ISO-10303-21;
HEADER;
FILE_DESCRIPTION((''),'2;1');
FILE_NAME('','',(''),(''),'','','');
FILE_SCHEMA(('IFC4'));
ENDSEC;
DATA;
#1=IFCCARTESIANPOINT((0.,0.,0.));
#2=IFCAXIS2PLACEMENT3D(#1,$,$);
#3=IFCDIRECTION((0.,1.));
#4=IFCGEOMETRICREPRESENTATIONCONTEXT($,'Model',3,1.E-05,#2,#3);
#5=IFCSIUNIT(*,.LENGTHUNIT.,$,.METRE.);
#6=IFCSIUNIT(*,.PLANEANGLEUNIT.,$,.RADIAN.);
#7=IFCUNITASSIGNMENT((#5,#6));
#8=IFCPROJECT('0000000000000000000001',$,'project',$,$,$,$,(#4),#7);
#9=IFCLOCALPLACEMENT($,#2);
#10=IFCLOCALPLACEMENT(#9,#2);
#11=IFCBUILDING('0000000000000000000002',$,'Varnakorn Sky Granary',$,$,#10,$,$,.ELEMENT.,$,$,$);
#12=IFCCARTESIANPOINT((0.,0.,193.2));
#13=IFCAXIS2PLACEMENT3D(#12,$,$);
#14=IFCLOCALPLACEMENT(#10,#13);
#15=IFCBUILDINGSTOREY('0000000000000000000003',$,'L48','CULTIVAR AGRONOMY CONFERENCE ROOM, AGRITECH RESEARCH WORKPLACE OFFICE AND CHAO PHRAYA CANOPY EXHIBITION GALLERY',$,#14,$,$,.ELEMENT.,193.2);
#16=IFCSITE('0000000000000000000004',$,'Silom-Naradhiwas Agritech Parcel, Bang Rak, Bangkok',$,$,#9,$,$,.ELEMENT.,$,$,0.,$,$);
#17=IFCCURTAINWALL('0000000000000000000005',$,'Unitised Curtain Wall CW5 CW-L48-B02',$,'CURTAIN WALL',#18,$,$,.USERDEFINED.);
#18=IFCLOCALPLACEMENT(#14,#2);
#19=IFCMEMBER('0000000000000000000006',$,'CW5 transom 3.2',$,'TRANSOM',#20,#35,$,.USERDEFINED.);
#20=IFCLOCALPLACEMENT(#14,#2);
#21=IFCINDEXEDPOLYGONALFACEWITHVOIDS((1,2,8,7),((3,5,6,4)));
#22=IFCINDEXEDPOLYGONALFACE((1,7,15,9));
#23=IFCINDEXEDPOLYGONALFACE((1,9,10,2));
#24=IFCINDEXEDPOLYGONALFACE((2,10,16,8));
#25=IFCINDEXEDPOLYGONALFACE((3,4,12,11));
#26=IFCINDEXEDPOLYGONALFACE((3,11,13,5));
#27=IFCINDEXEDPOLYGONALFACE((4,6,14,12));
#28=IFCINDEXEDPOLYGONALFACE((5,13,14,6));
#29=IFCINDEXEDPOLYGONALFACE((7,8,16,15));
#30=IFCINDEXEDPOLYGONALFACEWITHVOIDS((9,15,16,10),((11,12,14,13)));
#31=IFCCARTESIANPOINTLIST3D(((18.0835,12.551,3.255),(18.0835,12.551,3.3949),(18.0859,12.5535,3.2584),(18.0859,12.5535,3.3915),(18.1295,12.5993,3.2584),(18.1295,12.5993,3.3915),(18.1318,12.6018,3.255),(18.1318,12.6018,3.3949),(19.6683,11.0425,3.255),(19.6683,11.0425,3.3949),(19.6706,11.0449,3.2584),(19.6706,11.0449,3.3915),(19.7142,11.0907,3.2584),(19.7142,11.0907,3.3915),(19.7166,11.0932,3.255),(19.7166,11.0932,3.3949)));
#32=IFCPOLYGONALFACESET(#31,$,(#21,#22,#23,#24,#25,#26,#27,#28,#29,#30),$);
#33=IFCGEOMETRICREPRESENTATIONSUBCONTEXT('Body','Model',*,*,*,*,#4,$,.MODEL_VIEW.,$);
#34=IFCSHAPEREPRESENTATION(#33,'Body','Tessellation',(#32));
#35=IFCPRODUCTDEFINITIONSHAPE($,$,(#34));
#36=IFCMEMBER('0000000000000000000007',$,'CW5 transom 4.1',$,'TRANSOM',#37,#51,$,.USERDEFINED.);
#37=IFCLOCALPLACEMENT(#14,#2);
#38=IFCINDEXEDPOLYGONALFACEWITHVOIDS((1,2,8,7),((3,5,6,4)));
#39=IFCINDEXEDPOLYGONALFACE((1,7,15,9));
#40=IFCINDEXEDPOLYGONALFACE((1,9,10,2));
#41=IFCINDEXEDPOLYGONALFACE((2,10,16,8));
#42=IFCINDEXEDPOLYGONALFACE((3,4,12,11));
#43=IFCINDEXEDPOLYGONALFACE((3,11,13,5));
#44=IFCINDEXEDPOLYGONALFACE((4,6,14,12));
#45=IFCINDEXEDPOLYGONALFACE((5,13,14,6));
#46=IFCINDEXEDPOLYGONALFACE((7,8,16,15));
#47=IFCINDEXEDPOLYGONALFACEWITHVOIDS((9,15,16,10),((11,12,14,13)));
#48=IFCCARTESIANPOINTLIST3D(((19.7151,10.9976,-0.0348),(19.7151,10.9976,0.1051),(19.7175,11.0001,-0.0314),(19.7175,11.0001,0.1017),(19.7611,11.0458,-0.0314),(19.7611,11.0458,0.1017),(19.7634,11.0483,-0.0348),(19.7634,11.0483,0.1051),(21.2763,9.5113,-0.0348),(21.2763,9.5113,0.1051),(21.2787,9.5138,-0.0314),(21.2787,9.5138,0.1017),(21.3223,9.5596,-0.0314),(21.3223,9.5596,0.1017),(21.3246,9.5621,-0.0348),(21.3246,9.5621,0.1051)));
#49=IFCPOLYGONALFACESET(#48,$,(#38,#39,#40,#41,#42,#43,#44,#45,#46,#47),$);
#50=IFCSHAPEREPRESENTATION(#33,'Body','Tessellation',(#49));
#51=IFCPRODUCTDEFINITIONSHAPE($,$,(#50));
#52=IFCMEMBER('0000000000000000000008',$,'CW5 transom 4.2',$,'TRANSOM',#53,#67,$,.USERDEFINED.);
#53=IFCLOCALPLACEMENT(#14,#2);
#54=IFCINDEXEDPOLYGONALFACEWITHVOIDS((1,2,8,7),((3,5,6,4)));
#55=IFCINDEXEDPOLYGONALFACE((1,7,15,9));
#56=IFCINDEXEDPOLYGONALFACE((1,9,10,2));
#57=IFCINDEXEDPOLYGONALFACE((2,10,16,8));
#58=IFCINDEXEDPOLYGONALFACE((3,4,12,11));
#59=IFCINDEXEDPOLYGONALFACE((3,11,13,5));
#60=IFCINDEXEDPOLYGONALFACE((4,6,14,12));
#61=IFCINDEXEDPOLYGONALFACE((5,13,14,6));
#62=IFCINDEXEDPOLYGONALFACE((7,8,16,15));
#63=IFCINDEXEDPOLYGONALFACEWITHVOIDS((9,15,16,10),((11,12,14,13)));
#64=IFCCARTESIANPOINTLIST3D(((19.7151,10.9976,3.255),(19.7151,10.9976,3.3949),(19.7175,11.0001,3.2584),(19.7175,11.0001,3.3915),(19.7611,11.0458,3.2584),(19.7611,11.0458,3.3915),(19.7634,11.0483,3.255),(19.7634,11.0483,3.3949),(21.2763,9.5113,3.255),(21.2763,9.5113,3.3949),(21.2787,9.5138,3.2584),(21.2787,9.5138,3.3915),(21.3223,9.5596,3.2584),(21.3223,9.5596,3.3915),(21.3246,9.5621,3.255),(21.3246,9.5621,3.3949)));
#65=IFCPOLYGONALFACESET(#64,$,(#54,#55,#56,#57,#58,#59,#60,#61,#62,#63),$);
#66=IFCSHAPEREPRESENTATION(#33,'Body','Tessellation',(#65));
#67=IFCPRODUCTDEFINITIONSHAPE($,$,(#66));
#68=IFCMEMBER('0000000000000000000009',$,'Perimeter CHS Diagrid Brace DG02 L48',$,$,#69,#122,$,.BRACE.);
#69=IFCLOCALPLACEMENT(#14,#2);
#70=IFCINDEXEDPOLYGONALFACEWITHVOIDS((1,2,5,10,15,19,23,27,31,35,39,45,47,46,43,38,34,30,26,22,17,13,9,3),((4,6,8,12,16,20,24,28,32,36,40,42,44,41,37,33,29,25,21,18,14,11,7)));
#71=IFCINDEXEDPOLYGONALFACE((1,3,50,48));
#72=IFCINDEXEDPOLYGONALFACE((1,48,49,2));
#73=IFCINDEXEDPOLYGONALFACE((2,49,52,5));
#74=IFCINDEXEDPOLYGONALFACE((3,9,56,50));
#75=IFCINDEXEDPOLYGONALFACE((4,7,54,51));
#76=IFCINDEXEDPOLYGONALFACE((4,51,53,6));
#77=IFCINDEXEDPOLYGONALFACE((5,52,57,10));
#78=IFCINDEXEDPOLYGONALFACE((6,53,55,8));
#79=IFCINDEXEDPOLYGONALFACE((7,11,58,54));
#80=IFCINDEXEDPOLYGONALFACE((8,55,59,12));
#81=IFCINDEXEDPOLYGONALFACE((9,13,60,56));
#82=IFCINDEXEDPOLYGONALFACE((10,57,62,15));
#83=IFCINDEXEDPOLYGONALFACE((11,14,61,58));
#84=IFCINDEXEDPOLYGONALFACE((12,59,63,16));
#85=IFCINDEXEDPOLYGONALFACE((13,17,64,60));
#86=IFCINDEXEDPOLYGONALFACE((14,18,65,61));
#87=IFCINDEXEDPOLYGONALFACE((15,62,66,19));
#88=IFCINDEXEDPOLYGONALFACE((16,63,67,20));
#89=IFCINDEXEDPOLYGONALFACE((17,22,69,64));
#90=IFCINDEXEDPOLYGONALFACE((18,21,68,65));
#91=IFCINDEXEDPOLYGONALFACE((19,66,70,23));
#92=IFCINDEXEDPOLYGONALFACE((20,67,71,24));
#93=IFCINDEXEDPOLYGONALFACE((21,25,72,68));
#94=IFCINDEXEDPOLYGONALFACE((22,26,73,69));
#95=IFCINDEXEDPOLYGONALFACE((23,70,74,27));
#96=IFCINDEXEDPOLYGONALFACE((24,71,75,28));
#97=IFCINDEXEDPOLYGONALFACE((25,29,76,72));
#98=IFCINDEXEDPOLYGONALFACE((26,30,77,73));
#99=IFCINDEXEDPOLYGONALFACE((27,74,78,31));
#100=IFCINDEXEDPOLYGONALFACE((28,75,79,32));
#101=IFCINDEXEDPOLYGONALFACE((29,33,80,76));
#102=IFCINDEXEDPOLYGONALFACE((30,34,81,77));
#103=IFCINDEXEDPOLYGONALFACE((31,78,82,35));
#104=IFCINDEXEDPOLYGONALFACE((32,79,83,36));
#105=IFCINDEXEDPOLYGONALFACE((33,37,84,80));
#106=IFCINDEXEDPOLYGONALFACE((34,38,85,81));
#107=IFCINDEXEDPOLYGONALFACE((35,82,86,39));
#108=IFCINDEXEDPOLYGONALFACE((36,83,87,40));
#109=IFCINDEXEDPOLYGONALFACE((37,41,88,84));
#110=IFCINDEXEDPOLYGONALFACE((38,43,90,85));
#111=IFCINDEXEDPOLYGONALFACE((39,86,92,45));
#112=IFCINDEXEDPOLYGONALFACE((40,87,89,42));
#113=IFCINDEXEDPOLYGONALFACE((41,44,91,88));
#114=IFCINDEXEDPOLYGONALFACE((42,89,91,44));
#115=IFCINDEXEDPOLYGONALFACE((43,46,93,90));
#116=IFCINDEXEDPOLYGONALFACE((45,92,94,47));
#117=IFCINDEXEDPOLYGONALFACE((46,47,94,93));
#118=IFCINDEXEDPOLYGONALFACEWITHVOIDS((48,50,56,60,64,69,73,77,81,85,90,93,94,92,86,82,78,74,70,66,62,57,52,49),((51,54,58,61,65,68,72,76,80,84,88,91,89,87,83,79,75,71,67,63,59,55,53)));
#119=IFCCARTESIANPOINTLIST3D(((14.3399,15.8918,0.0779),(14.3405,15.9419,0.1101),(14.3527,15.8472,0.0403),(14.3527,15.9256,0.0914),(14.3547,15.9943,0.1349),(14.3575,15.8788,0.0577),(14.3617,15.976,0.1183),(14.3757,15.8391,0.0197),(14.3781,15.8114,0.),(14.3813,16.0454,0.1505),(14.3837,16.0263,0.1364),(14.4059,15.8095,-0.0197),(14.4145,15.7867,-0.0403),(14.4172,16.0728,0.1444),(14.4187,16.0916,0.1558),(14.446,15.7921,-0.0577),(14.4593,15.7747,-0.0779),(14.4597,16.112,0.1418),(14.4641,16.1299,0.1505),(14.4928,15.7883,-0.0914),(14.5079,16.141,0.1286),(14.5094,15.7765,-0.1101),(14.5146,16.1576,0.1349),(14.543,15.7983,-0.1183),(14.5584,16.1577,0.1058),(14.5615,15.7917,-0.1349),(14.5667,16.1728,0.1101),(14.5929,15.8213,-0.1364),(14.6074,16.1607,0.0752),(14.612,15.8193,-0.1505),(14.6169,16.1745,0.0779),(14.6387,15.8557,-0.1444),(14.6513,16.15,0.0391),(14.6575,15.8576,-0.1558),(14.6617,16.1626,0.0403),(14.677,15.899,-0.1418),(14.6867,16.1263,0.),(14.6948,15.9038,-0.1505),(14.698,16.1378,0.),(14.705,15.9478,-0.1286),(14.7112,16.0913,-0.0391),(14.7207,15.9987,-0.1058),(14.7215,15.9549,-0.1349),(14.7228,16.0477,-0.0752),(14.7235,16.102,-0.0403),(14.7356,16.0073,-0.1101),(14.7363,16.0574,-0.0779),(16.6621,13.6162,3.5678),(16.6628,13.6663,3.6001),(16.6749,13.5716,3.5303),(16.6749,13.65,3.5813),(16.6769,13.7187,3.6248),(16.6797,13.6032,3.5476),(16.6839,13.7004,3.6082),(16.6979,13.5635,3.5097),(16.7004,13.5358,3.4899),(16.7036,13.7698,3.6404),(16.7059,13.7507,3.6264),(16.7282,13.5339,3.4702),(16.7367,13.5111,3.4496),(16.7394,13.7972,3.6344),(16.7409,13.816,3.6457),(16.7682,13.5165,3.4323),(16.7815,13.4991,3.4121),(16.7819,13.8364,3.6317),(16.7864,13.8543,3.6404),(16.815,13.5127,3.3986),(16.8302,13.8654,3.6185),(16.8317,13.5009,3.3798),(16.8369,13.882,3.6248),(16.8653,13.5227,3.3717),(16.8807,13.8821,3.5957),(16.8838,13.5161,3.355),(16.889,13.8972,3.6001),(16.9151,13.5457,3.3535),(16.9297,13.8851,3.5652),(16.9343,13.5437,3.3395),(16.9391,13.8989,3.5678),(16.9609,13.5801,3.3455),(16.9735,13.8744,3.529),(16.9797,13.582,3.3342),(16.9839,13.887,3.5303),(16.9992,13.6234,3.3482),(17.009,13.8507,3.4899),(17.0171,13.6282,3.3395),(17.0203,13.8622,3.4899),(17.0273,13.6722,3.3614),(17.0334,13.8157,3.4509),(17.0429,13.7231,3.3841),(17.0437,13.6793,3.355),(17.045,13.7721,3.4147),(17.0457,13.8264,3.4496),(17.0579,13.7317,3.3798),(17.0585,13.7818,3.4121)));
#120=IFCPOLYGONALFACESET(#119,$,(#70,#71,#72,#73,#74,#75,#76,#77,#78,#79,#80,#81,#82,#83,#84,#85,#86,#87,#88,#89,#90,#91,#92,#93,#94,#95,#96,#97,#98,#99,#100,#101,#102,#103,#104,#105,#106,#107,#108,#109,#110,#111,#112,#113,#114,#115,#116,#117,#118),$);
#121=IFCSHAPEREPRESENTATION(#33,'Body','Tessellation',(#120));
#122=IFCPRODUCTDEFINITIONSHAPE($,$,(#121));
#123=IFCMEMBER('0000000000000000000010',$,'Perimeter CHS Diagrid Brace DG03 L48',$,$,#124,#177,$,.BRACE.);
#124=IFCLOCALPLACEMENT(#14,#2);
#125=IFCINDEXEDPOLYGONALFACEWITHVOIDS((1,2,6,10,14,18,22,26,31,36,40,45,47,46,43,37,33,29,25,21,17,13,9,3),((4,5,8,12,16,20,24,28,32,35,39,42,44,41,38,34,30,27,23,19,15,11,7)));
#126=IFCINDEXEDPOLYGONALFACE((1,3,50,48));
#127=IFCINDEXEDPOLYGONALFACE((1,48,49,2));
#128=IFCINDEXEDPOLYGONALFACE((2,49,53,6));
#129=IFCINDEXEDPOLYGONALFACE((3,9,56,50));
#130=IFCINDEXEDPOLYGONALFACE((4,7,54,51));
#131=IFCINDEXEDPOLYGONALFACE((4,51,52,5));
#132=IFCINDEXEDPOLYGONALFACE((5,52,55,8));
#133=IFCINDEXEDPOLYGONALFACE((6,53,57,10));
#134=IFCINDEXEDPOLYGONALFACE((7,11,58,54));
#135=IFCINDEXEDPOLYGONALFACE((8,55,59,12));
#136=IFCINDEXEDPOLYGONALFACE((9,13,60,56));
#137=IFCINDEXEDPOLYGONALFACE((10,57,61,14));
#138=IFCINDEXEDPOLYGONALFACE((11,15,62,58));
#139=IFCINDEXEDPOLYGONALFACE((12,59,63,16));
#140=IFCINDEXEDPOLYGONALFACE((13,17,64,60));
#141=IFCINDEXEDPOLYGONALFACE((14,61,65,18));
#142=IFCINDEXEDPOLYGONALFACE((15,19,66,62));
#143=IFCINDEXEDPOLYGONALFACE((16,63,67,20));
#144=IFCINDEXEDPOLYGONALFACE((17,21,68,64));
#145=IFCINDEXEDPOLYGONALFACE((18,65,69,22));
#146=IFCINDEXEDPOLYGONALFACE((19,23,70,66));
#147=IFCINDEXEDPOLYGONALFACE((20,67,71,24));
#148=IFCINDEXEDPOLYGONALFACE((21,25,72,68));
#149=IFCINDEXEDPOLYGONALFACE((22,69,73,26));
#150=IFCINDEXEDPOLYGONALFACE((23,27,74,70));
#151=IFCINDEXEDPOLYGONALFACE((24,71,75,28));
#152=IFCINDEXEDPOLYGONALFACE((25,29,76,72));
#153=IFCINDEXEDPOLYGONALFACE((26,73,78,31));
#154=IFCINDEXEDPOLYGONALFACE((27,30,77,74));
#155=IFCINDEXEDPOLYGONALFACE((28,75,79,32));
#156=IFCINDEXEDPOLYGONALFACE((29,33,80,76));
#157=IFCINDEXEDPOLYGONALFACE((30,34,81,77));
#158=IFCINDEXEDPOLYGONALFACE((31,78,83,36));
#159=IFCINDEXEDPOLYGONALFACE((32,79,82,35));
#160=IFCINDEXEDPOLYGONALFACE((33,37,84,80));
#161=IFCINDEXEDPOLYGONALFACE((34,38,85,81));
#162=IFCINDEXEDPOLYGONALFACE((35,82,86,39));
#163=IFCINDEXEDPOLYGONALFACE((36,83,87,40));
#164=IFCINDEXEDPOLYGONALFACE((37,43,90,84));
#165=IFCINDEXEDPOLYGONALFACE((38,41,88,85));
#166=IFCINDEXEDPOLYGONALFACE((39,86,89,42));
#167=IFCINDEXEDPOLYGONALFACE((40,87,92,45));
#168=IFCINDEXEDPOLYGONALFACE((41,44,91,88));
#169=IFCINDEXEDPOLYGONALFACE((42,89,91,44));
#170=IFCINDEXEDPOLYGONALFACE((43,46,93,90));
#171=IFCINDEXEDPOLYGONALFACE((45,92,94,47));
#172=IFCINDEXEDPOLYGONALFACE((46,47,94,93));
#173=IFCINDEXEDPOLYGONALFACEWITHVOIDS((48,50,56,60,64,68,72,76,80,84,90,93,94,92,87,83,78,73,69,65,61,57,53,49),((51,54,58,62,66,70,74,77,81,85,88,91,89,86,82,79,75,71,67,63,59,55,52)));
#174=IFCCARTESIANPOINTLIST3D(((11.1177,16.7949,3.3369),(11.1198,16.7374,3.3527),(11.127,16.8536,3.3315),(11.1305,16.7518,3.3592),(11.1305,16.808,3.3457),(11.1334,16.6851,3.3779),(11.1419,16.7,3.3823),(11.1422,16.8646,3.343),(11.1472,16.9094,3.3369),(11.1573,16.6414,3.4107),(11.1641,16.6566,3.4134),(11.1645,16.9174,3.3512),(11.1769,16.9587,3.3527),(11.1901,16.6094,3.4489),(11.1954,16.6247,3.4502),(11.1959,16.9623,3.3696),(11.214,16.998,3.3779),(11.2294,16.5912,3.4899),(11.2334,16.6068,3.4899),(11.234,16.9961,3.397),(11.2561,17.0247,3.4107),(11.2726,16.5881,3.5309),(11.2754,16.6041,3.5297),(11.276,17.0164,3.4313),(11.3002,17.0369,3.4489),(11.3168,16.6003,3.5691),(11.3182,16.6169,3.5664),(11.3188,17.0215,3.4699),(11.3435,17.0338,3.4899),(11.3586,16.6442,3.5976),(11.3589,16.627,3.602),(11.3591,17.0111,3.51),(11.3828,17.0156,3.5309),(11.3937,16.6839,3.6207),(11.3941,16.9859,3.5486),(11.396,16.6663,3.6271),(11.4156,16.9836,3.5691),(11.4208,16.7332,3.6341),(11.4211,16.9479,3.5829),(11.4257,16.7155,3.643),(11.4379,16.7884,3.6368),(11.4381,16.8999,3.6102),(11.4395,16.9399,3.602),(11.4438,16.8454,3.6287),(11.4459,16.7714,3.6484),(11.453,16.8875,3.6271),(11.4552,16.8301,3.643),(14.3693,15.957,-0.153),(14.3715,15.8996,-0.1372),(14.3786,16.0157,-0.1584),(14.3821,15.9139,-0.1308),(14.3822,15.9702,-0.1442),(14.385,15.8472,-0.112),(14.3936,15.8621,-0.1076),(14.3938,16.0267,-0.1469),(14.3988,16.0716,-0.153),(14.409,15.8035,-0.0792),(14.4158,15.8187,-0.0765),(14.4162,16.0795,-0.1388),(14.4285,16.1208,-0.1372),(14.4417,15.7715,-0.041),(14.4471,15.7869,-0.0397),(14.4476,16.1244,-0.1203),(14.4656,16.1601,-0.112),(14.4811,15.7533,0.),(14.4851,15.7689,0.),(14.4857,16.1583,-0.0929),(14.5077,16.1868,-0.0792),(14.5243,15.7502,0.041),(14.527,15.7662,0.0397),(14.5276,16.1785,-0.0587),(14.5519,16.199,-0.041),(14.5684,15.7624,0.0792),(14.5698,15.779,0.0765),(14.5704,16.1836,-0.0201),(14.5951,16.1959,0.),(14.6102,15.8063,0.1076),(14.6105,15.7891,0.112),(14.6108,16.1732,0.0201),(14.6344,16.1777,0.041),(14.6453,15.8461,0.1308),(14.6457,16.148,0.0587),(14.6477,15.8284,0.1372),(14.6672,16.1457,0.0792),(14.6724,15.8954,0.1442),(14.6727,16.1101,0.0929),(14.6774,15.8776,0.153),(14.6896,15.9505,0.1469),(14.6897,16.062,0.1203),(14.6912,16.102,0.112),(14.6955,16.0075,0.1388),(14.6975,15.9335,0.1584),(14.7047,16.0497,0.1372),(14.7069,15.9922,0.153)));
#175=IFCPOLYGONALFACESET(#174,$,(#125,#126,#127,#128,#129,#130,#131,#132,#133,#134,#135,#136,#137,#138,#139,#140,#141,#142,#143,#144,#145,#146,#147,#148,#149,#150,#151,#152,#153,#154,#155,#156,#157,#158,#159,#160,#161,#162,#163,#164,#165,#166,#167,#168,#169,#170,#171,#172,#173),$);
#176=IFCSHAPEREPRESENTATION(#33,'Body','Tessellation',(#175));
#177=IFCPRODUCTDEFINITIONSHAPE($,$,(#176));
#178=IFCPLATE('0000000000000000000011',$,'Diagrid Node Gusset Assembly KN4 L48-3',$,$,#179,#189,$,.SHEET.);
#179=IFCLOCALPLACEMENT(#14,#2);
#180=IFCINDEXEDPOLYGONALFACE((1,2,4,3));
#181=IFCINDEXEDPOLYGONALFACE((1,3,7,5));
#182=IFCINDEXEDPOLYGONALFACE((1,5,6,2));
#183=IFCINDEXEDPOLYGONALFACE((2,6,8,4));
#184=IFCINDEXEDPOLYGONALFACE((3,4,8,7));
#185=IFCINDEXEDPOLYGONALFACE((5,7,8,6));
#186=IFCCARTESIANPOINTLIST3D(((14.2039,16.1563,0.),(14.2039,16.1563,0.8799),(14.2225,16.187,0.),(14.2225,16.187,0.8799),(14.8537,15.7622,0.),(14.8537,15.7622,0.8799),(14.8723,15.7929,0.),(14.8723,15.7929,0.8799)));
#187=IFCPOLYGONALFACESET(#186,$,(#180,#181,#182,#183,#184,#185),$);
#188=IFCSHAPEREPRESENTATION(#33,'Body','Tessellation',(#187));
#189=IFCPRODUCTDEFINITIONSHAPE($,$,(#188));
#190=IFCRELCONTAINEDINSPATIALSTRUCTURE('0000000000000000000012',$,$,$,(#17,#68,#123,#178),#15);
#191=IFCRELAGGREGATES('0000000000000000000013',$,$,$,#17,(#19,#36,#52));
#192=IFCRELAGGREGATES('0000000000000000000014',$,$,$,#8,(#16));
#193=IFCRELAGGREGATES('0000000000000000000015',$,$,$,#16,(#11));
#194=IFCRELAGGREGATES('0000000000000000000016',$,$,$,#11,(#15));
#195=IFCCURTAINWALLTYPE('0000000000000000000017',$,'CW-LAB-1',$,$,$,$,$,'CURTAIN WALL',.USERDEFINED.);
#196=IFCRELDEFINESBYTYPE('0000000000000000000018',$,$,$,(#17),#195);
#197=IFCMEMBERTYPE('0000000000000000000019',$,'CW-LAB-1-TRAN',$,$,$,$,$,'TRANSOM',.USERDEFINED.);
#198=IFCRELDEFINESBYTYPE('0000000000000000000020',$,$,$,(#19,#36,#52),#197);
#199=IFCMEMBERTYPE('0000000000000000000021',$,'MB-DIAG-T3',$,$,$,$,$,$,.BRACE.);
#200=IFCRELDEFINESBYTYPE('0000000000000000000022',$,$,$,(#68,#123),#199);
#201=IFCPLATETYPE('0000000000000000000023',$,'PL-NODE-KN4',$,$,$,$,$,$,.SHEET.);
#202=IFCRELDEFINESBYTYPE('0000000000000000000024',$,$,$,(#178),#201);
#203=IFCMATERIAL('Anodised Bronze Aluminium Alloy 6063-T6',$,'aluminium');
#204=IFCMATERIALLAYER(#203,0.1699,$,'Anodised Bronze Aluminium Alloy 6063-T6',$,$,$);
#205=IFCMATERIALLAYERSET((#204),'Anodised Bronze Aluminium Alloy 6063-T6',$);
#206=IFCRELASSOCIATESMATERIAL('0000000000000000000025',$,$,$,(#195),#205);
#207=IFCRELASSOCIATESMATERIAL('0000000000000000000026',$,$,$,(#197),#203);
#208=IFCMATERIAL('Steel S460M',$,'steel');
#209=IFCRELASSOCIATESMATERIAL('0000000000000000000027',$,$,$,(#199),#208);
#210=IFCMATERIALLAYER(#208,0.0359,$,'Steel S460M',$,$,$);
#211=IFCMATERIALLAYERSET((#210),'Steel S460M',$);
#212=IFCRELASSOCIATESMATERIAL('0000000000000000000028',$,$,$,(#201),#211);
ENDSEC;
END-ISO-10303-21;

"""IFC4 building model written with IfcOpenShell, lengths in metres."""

from ifc_helpers import new_model, si_unit, direction, frame, origin, origin_2d, place, context, subcontext, project, spatial, rectangle, hollow_rectangle, hollow_circle, extrude, material, layer, layer_set, material_profile, profile_set, type_object, element, aggregate, save


model = new_model("IFC4")

# Units and contexts
model_context = context("Model", 3, precision=1e-05, world=origin(), true_north=direction((0.0, 1.0)))
body_context = subcontext(model_context, "Body", "Model", "MODEL_VIEW")
ifc_project = project(units=[si_unit("LENGTHUNIT", "METRE"), si_unit("PLANEANGLEUNIT", "RADIAN")], contexts=[model_context])

# Site, building, storey
site_placement = place(None, origin())
site = spatial("IfcSite", under=ifc_project, at=site_placement, Name="Silom-Naradhiwas Agritech Parcel, Bang Rak, Bangkok", CompositionType="ELEMENT", RefElevation=0.0)
building_placement = place(site_placement, origin())
building = spatial("IfcBuilding", under=site, at=building_placement, Name="Varnakorn Sky Granary", CompositionType="ELEMENT")
storey_placement = place(building_placement, frame((0.0, 0.0, 193.2)))
storey = spatial("IfcBuildingStorey", under=building, at=storey_placement, Name="L48", Description="CULTIVAR AGRONOMY CONFERENCE ROOM, AGRITECH RESEARCH WORKPLACE OFFICE AND CHAO PHRAYA CANOPY EXHIBITION GALLERY", CompositionType="ELEMENT", Elevation=193.2)

# Curtain wall, members
ifc_material_1 = material(Name="Anodised Bronze Aluminium Alloy 6063-T6", Category="aluminium")
ifc_layer_1 = layer(ifc_material_1, 0.1699, Name="Anodised Bronze Aluminium Alloy 6063-T6")
ifc_layer_set_1 = layer_set([ifc_layer_1], Name="Anodised Bronze Aluminium Alloy 6063-T6")
curtain_wall_type = type_object("IfcCurtainWallType", Name="CW-LAB-1", ElementType="CURTAIN WALL", PredefinedType="USERDEFINED", material=ifc_layer_set_1)
curtain_wall_placement = place(storey_placement, origin())
curtain_wall = element("IfcCurtainWall", 1, at=curtain_wall_placement, inside=storey, type_object=curtain_wall_type, Name="Unitised Curtain Wall CW5 CW-L48-B02", ObjectType="CURTAIN WALL", PredefinedType="USERDEFINED")
ifc_material_profile_1 = material_profile(ifc_material_1, hollow_rectangle(XDim=0.0701, YDim=0.1399, WallThickness=0.0034, at=origin_2d()), Name="ALU TRAN 70x140")
ifc_profile_set_1 = profile_set([ifc_material_profile_1], Name="Anodised Bronze Aluminium Alloy 6063-T6")
member_type_1 = type_object("IfcMemberType", Name="CW-LAB-1-TRAN", ElementType="TRANSOM", PredefinedType="USERDEFINED", material=ifc_profile_set_1)
member_1_placement = place(storey_placement, frame((18.1077, 12.5764, 3.325), z_axis=(0.7243, -0.689485, 0.0), x_axis=(0.689485, 0.7243, 0.0)))
member_1 = element("IfcMember", 2, at=member_1_placement, type_object=member_type_1, Name="CW5 transom 3.2", ObjectType="TRANSOM", PredefinedType="USERDEFINED", context=body_context, shape_type="SweptSolid", body=[
    extrude(hollow_rectangle(XDim=0.0701, YDim=0.1399, WallThickness=0.0034, at=origin_2d()), origin(), (0.0, 0.0, 1.0), 2.188),
])
member_2_placement = place(storey_placement, frame((19.7393, 11.0229, 0.0352), z_axis=(0.724278, -0.689508, 0.0), x_axis=(0.689508, 0.724278, 0.0)))
member_2 = element("IfcMember", 3, at=member_2_placement, type_object=member_type_1, Name="CW5 transom 4.1", ObjectType="TRANSOM", PredefinedType="USERDEFINED", context=body_context, shape_type="SweptSolid", body=[
    extrude(hollow_rectangle(XDim=0.0701, YDim=0.1399, WallThickness=0.0034, at=origin_2d()), origin(), (0.0, 0.0, 1.0), 2.1555),
])
member_3_placement = place(storey_placement, frame((19.7393, 11.0229, 3.325), z_axis=(0.724278, -0.689508, 0.0), x_axis=(0.689508, 0.724278, 0.0)))
member_3 = element("IfcMember", 4, at=member_3_placement, type_object=member_type_1, Name="CW5 transom 4.2", ObjectType="TRANSOM", PredefinedType="USERDEFINED", context=body_context, shape_type="SweptSolid", body=[
    extrude(hollow_rectangle(XDim=0.0701, YDim=0.1399, WallThickness=0.0034, at=origin_2d()), origin(), (0.0, 0.0, 1.0), 2.1555),
])

# Members
ifc_material_2 = material(Name="Steel S460M", Category="steel")
ifc_material_profile_2 = material_profile(ifc_material_2, hollow_circle(Radius=0.2285, WallThickness=0.0161, at=origin_2d()), Name="CHS 457x16")
ifc_profile_set_2 = profile_set([ifc_material_profile_2], Name="Steel S460M")
member_type_2 = type_object("IfcMemberType", Name="MB-DIAG-T3", PredefinedType="BRACE", material=ifc_profile_set_2)
member_4_placement = place(storey_placement, frame((14.5381, 15.9746, 0.0), z_axis=(0.486864, -0.477087, 0.731677), x_axis=(0.699899, 0.714241, 0.0)))
element("IfcMember", 5, at=member_4_placement, inside=storey, type_object=member_type_2, Name="Perimeter CHS Diagrid Brace DG02 L48", PredefinedType="BRACE", context=body_context, shape_type="SweptSolid", body=[
    extrude(hollow_circle(Radius=0.2285, WallThickness=0.0161, at=origin_2d()), origin(), (0.0, 0.0, 1.0), 4.7698),
])
member_5_placement = place(storey_placement, frame((14.5381, 15.9746, 0.0), z_axis=(-0.671409, 0.173007, 0.720609), x_axis=(-0.249526, -0.968368, 0.0)))
element("IfcMember", 6, at=member_5_placement, inside=storey, type_object=member_type_2, Name="Perimeter CHS Diagrid Brace DG03 L48", PredefinedType="BRACE", context=body_context, shape_type="SweptSolid", body=[
    extrude(hollow_circle(Radius=0.2285, WallThickness=0.0161, at=origin_2d()), origin(), (0.0, 0.0, 1.0), 4.843),
])

# Plate
ifc_layer_2 = layer(ifc_material_2, 0.0359, Name="Steel S460M")
ifc_layer_set_2 = layer_set([ifc_layer_2], Name="Steel S460M")
plate_type_1 = type_object("IfcPlateType", Name="PL-NODE-KN4", PredefinedType="SHEET", material=ifc_layer_set_2)
plate_1_placement = place(storey_placement, frame((14.5381, 15.9746, 0.0), z_axis=(0.0, 0.0, 1.0), x_axis=(-0.855047, 0.518551, 0.0)))
element("IfcPlate", 7, at=plate_1_placement, inside=storey, type_object=plate_type_1, Name="Diagrid Node Gusset Assembly KN4 L48-3", PredefinedType="SHEET", context=body_context, shape_type="SweptSolid", body=[
    extrude(rectangle(XDim=0.76, YDim=0.0359, at=origin_2d()), origin(), (0.0, 0.0, 1.0), 0.8799),
])
aggregate(curtain_wall, [member_1, member_2, member_3])

save(model, "model.ifc")
